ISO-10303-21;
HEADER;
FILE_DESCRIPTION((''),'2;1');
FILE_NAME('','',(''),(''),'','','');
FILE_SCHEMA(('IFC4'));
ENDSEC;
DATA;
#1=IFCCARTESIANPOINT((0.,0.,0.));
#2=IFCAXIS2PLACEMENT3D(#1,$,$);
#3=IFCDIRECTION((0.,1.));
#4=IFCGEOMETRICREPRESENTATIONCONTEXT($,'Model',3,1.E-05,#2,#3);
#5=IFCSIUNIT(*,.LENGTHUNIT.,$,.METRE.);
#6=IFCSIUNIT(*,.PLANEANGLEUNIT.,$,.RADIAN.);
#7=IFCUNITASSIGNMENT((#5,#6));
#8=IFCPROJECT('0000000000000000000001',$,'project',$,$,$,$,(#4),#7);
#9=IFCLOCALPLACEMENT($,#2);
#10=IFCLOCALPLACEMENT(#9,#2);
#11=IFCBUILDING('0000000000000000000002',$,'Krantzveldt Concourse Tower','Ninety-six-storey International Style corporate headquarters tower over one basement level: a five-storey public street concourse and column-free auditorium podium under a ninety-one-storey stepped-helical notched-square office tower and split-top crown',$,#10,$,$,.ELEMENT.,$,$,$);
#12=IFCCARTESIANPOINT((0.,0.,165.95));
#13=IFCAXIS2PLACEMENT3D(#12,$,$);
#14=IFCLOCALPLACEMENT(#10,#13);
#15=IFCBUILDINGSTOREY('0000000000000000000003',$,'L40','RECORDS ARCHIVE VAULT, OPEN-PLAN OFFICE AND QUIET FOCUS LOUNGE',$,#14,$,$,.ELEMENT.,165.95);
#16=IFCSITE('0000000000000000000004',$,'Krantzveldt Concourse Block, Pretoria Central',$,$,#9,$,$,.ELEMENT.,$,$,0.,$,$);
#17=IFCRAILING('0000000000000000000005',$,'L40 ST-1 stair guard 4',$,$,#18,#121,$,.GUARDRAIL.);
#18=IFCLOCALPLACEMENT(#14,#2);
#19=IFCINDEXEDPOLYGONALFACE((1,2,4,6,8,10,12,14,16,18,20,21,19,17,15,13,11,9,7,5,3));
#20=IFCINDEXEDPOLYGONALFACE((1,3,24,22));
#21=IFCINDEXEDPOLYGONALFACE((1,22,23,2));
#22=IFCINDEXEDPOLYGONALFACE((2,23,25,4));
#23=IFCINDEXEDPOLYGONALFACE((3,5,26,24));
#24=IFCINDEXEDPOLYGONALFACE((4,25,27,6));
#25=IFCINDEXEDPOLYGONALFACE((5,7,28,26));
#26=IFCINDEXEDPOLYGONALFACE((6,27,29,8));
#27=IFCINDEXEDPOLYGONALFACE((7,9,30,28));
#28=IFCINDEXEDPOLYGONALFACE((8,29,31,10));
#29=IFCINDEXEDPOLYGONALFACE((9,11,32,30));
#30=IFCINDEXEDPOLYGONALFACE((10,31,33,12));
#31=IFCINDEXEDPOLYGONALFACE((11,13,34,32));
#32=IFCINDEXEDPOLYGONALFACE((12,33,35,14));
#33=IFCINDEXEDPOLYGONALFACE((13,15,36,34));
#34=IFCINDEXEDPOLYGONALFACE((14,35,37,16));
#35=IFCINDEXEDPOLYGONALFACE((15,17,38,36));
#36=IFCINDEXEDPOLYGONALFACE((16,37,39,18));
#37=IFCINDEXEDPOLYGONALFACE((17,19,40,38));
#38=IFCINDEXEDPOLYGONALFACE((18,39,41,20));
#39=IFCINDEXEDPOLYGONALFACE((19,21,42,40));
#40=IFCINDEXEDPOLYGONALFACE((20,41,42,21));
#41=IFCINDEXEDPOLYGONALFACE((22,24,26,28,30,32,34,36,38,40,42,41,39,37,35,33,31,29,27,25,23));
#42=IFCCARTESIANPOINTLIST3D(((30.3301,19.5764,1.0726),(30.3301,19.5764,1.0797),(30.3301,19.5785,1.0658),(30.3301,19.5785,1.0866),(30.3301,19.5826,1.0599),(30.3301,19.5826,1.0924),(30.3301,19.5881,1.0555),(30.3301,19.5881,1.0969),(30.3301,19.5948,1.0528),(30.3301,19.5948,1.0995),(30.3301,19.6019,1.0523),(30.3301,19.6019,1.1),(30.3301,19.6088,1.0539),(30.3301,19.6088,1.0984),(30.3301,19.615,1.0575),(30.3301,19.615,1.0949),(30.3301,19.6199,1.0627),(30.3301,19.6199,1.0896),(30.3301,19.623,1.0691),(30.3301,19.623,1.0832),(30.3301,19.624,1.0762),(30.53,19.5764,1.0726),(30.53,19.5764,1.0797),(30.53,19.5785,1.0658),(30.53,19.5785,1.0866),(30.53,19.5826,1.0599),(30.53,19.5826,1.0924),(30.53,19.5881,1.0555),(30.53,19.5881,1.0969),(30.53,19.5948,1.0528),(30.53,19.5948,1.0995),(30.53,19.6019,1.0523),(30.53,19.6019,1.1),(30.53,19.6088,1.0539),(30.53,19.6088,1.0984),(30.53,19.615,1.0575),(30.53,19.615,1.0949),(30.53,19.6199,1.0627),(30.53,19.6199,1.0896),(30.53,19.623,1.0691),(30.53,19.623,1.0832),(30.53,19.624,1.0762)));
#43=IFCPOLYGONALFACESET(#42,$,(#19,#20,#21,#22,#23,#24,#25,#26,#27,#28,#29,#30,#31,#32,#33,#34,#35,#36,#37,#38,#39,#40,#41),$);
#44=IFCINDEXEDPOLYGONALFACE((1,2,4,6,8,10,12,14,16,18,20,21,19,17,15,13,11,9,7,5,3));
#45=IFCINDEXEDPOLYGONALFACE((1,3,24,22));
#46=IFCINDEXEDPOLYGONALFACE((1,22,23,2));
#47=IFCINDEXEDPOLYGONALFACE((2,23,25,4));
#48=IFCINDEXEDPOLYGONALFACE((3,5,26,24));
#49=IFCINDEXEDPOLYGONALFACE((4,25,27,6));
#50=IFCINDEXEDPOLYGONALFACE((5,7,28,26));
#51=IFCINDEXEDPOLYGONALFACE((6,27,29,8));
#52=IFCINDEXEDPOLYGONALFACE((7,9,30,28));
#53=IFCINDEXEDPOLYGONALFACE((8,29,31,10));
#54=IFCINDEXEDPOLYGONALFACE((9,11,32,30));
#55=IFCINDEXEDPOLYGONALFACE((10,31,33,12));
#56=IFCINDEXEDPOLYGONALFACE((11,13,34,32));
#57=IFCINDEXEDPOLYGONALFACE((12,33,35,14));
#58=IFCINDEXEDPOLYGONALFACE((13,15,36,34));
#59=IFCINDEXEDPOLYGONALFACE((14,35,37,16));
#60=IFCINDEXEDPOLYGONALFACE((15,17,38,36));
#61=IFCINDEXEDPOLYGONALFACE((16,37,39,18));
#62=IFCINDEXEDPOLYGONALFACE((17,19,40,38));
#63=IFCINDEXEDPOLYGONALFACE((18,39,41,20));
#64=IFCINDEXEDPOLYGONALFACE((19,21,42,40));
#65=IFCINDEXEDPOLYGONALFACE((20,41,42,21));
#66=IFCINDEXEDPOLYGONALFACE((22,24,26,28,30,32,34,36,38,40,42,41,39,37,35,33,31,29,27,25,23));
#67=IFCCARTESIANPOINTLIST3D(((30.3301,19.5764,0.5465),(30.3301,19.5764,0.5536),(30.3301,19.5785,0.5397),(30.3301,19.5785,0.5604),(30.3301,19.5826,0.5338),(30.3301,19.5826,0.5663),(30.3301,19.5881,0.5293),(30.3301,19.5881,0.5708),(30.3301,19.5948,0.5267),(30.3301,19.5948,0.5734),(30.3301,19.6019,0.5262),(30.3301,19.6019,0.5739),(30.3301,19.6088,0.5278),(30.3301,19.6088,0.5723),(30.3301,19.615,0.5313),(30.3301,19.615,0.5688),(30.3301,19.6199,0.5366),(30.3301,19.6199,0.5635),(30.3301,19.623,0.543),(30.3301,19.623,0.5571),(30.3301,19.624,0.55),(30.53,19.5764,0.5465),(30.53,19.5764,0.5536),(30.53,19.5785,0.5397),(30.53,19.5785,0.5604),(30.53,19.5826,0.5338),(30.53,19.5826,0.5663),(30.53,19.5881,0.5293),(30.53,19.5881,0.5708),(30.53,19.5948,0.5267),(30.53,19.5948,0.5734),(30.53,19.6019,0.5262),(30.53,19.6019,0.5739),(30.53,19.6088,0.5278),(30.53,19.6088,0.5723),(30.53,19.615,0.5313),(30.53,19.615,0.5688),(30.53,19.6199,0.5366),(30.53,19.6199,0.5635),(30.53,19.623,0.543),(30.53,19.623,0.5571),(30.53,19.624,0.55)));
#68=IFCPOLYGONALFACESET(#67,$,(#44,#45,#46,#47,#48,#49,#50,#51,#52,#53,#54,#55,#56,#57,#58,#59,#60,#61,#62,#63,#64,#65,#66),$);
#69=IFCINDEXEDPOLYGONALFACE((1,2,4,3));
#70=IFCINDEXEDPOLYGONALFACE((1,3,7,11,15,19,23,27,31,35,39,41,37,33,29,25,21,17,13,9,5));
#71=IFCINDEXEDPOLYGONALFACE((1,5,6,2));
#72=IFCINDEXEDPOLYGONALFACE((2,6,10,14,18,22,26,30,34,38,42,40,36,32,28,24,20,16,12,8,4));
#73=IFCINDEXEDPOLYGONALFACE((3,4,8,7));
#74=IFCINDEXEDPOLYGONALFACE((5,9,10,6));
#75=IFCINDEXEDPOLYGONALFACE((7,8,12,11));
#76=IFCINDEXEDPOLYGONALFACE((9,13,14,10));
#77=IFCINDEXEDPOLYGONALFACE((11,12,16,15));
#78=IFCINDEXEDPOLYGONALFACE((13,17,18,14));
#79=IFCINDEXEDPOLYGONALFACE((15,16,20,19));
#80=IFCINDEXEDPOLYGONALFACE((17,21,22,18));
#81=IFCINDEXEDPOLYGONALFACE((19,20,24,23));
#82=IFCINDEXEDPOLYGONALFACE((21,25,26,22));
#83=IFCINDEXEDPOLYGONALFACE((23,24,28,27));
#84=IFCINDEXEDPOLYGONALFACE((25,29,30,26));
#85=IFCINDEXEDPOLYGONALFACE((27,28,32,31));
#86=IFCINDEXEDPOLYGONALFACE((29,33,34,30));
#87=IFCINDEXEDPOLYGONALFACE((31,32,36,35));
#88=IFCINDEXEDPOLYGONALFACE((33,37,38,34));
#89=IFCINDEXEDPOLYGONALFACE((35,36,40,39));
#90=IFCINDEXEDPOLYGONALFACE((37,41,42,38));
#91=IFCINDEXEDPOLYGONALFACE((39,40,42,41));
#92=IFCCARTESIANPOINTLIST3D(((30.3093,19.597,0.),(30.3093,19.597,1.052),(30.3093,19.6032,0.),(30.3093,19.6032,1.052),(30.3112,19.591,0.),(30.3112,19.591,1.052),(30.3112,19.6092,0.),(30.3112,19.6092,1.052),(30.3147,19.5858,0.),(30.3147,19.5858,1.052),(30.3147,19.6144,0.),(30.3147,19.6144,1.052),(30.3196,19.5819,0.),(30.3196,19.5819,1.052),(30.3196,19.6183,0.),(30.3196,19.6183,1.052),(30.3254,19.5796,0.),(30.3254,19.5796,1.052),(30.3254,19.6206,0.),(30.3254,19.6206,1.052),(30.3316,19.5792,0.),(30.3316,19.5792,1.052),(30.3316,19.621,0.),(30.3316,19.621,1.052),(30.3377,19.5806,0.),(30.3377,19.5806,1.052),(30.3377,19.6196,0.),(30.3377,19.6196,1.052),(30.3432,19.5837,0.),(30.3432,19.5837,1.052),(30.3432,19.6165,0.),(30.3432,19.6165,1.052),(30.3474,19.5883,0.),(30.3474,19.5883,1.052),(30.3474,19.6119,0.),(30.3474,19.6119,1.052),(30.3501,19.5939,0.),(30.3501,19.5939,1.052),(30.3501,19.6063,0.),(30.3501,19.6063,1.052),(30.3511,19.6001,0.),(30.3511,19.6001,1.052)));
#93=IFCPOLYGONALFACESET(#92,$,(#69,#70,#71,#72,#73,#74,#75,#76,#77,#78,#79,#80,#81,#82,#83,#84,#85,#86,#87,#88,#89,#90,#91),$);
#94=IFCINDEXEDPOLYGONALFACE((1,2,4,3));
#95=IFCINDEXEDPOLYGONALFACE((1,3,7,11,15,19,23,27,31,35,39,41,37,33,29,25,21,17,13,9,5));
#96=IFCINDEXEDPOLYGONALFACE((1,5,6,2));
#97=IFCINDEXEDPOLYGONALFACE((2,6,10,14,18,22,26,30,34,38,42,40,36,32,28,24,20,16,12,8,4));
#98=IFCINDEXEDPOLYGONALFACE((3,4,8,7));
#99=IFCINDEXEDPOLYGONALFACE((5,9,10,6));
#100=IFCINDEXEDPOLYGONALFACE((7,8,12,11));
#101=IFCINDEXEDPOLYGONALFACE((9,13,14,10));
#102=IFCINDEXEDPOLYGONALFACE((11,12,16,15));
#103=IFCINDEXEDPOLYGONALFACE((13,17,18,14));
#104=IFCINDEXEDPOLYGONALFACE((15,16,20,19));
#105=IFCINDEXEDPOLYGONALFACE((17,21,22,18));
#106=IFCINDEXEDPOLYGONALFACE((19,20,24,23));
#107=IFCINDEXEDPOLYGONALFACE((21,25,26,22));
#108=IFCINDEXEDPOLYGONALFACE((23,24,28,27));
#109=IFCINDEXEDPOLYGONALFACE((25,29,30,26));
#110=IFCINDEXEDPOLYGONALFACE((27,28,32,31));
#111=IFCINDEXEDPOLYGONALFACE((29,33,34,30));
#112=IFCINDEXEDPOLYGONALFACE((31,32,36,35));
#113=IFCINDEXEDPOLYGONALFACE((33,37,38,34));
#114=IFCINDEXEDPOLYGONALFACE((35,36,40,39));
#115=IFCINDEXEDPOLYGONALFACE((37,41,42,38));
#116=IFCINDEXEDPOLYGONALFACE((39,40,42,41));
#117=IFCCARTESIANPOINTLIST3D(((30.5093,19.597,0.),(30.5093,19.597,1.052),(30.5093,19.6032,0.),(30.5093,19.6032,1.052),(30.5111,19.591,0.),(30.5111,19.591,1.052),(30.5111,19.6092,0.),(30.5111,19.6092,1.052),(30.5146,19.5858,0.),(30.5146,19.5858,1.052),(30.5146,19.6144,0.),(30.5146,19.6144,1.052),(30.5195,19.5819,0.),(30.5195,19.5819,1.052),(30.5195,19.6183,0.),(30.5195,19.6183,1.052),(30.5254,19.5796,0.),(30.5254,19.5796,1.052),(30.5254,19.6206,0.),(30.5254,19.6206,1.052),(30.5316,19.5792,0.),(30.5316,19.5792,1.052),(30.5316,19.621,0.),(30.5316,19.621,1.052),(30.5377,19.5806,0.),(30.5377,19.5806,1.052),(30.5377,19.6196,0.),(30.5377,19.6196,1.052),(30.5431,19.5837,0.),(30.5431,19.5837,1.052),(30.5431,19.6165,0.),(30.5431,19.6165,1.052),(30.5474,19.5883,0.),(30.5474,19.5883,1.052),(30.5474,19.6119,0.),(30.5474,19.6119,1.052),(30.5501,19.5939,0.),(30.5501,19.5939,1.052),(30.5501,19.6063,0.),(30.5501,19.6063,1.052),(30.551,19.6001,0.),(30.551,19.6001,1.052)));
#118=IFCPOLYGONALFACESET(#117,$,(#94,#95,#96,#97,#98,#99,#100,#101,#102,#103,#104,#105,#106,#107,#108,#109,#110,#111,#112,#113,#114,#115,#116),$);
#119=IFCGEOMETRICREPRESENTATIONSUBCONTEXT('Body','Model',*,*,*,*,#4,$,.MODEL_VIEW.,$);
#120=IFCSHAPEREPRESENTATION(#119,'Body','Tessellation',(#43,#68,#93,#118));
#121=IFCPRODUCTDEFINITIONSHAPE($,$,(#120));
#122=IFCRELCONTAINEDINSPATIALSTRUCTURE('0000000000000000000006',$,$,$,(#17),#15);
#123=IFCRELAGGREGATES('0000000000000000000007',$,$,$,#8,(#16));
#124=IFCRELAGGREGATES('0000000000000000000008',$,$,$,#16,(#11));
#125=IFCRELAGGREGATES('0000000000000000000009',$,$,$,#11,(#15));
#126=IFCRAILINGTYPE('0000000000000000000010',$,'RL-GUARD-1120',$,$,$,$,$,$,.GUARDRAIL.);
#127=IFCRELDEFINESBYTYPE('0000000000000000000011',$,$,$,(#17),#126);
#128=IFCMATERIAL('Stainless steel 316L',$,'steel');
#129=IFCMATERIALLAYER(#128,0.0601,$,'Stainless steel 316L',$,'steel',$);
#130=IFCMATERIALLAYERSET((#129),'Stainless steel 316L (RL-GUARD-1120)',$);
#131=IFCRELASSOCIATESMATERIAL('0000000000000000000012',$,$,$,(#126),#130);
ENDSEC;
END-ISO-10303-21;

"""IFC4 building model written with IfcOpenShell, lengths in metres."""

from ifc_helpers import new_model, si_unit, direction, frame, origin, origin_2d, place, context, subcontext, project, spatial, circle, extrude, material, layer, layer_set, type_object, element, save


model = new_model("IFC4")

# Units and contexts
model_context = context("Model", 3, precision=1e-05, world=origin(), true_north=direction((0.0, 1.0)))
body_context = subcontext(model_context, "Body", "Model", "MODEL_VIEW")
ifc_project = project(units=[si_unit("LENGTHUNIT", "METRE"), si_unit("PLANEANGLEUNIT", "RADIAN")], contexts=[model_context])

# Site, building, storey
site_placement = place(None, origin())
site = spatial("IfcSite", under=ifc_project, at=site_placement, Name="Krantzveldt Concourse Block, Pretoria Central", CompositionType="ELEMENT", RefElevation=0.0)
building_placement = place(site_placement, origin())
building = spatial("IfcBuilding", under=site, at=building_placement, Name="Krantzveldt Concourse Tower", Description="Ninety-six-storey International Style corporate headquarters tower over one basement level: a five-storey public street concourse and column-free auditorium podium under a ninety-one-storey stepped-helical notched-square office tower and split-top crown", CompositionType="ELEMENT")
storey_placement = place(building_placement, frame((0.0, 0.0, 165.95)))
storey = spatial("IfcBuildingStorey", under=building, at=storey_placement, Name="L40", Description="RECORDS ARCHIVE VAULT, OPEN-PLAN OFFICE AND QUIET FOCUS LOUNGE", CompositionType="ELEMENT", Elevation=165.95)

# Railing
ifc_material_1 = material(Name="Stainless steel 316L", Category="steel")
ifc_layer_1 = layer(ifc_material_1, 0.0601, Name="Stainless steel 316L", Category="steel")
ifc_layer_set_1 = layer_set([ifc_layer_1], Name="Stainless steel 316L (RL-GUARD-1120)")
railing_type_1 = type_object("IfcRailingType", Name="RL-GUARD-1120", PredefinedType="GUARDRAIL", material=ifc_layer_set_1)
railing_1_placement = place(storey_placement, frame((30.3301, 19.6001, 0.0)))
element("IfcRailing", 1, at=railing_1_placement, inside=storey, type_object=railing_type_1, Name="L40 ST-1 stair guard 4", PredefinedType="GUARDRAIL", context=body_context, shape_type="SweptSolid", body=[
    extrude(circle(Radius=0.0239, at=origin_2d()), frame((0.0, 0.0, 1.0762), z_axis=(1.0, 0.0, 0.0), x_axis=(0.0, 1.0, 0.0)), (0.0, 0.0, 1.0), 0.2),
    extrude(circle(Radius=0.0239, at=origin_2d()), frame((0.0, 0.0, 0.55), z_axis=(1.0, 0.0, 0.0), x_axis=(0.0, 1.0, 0.0)), (0.0, 0.0, 1.0), 0.2),
    extrude(circle(Radius=0.021, at=origin_2d()), origin(), (0.0, 0.0, 1.0), 1.052),
    extrude(circle(Radius=0.021, at=origin_2d()), frame((0.2, 0.0, 0.0)), (0.0, 0.0, 1.0), 1.052),
])

save(model, "model.ifc")
